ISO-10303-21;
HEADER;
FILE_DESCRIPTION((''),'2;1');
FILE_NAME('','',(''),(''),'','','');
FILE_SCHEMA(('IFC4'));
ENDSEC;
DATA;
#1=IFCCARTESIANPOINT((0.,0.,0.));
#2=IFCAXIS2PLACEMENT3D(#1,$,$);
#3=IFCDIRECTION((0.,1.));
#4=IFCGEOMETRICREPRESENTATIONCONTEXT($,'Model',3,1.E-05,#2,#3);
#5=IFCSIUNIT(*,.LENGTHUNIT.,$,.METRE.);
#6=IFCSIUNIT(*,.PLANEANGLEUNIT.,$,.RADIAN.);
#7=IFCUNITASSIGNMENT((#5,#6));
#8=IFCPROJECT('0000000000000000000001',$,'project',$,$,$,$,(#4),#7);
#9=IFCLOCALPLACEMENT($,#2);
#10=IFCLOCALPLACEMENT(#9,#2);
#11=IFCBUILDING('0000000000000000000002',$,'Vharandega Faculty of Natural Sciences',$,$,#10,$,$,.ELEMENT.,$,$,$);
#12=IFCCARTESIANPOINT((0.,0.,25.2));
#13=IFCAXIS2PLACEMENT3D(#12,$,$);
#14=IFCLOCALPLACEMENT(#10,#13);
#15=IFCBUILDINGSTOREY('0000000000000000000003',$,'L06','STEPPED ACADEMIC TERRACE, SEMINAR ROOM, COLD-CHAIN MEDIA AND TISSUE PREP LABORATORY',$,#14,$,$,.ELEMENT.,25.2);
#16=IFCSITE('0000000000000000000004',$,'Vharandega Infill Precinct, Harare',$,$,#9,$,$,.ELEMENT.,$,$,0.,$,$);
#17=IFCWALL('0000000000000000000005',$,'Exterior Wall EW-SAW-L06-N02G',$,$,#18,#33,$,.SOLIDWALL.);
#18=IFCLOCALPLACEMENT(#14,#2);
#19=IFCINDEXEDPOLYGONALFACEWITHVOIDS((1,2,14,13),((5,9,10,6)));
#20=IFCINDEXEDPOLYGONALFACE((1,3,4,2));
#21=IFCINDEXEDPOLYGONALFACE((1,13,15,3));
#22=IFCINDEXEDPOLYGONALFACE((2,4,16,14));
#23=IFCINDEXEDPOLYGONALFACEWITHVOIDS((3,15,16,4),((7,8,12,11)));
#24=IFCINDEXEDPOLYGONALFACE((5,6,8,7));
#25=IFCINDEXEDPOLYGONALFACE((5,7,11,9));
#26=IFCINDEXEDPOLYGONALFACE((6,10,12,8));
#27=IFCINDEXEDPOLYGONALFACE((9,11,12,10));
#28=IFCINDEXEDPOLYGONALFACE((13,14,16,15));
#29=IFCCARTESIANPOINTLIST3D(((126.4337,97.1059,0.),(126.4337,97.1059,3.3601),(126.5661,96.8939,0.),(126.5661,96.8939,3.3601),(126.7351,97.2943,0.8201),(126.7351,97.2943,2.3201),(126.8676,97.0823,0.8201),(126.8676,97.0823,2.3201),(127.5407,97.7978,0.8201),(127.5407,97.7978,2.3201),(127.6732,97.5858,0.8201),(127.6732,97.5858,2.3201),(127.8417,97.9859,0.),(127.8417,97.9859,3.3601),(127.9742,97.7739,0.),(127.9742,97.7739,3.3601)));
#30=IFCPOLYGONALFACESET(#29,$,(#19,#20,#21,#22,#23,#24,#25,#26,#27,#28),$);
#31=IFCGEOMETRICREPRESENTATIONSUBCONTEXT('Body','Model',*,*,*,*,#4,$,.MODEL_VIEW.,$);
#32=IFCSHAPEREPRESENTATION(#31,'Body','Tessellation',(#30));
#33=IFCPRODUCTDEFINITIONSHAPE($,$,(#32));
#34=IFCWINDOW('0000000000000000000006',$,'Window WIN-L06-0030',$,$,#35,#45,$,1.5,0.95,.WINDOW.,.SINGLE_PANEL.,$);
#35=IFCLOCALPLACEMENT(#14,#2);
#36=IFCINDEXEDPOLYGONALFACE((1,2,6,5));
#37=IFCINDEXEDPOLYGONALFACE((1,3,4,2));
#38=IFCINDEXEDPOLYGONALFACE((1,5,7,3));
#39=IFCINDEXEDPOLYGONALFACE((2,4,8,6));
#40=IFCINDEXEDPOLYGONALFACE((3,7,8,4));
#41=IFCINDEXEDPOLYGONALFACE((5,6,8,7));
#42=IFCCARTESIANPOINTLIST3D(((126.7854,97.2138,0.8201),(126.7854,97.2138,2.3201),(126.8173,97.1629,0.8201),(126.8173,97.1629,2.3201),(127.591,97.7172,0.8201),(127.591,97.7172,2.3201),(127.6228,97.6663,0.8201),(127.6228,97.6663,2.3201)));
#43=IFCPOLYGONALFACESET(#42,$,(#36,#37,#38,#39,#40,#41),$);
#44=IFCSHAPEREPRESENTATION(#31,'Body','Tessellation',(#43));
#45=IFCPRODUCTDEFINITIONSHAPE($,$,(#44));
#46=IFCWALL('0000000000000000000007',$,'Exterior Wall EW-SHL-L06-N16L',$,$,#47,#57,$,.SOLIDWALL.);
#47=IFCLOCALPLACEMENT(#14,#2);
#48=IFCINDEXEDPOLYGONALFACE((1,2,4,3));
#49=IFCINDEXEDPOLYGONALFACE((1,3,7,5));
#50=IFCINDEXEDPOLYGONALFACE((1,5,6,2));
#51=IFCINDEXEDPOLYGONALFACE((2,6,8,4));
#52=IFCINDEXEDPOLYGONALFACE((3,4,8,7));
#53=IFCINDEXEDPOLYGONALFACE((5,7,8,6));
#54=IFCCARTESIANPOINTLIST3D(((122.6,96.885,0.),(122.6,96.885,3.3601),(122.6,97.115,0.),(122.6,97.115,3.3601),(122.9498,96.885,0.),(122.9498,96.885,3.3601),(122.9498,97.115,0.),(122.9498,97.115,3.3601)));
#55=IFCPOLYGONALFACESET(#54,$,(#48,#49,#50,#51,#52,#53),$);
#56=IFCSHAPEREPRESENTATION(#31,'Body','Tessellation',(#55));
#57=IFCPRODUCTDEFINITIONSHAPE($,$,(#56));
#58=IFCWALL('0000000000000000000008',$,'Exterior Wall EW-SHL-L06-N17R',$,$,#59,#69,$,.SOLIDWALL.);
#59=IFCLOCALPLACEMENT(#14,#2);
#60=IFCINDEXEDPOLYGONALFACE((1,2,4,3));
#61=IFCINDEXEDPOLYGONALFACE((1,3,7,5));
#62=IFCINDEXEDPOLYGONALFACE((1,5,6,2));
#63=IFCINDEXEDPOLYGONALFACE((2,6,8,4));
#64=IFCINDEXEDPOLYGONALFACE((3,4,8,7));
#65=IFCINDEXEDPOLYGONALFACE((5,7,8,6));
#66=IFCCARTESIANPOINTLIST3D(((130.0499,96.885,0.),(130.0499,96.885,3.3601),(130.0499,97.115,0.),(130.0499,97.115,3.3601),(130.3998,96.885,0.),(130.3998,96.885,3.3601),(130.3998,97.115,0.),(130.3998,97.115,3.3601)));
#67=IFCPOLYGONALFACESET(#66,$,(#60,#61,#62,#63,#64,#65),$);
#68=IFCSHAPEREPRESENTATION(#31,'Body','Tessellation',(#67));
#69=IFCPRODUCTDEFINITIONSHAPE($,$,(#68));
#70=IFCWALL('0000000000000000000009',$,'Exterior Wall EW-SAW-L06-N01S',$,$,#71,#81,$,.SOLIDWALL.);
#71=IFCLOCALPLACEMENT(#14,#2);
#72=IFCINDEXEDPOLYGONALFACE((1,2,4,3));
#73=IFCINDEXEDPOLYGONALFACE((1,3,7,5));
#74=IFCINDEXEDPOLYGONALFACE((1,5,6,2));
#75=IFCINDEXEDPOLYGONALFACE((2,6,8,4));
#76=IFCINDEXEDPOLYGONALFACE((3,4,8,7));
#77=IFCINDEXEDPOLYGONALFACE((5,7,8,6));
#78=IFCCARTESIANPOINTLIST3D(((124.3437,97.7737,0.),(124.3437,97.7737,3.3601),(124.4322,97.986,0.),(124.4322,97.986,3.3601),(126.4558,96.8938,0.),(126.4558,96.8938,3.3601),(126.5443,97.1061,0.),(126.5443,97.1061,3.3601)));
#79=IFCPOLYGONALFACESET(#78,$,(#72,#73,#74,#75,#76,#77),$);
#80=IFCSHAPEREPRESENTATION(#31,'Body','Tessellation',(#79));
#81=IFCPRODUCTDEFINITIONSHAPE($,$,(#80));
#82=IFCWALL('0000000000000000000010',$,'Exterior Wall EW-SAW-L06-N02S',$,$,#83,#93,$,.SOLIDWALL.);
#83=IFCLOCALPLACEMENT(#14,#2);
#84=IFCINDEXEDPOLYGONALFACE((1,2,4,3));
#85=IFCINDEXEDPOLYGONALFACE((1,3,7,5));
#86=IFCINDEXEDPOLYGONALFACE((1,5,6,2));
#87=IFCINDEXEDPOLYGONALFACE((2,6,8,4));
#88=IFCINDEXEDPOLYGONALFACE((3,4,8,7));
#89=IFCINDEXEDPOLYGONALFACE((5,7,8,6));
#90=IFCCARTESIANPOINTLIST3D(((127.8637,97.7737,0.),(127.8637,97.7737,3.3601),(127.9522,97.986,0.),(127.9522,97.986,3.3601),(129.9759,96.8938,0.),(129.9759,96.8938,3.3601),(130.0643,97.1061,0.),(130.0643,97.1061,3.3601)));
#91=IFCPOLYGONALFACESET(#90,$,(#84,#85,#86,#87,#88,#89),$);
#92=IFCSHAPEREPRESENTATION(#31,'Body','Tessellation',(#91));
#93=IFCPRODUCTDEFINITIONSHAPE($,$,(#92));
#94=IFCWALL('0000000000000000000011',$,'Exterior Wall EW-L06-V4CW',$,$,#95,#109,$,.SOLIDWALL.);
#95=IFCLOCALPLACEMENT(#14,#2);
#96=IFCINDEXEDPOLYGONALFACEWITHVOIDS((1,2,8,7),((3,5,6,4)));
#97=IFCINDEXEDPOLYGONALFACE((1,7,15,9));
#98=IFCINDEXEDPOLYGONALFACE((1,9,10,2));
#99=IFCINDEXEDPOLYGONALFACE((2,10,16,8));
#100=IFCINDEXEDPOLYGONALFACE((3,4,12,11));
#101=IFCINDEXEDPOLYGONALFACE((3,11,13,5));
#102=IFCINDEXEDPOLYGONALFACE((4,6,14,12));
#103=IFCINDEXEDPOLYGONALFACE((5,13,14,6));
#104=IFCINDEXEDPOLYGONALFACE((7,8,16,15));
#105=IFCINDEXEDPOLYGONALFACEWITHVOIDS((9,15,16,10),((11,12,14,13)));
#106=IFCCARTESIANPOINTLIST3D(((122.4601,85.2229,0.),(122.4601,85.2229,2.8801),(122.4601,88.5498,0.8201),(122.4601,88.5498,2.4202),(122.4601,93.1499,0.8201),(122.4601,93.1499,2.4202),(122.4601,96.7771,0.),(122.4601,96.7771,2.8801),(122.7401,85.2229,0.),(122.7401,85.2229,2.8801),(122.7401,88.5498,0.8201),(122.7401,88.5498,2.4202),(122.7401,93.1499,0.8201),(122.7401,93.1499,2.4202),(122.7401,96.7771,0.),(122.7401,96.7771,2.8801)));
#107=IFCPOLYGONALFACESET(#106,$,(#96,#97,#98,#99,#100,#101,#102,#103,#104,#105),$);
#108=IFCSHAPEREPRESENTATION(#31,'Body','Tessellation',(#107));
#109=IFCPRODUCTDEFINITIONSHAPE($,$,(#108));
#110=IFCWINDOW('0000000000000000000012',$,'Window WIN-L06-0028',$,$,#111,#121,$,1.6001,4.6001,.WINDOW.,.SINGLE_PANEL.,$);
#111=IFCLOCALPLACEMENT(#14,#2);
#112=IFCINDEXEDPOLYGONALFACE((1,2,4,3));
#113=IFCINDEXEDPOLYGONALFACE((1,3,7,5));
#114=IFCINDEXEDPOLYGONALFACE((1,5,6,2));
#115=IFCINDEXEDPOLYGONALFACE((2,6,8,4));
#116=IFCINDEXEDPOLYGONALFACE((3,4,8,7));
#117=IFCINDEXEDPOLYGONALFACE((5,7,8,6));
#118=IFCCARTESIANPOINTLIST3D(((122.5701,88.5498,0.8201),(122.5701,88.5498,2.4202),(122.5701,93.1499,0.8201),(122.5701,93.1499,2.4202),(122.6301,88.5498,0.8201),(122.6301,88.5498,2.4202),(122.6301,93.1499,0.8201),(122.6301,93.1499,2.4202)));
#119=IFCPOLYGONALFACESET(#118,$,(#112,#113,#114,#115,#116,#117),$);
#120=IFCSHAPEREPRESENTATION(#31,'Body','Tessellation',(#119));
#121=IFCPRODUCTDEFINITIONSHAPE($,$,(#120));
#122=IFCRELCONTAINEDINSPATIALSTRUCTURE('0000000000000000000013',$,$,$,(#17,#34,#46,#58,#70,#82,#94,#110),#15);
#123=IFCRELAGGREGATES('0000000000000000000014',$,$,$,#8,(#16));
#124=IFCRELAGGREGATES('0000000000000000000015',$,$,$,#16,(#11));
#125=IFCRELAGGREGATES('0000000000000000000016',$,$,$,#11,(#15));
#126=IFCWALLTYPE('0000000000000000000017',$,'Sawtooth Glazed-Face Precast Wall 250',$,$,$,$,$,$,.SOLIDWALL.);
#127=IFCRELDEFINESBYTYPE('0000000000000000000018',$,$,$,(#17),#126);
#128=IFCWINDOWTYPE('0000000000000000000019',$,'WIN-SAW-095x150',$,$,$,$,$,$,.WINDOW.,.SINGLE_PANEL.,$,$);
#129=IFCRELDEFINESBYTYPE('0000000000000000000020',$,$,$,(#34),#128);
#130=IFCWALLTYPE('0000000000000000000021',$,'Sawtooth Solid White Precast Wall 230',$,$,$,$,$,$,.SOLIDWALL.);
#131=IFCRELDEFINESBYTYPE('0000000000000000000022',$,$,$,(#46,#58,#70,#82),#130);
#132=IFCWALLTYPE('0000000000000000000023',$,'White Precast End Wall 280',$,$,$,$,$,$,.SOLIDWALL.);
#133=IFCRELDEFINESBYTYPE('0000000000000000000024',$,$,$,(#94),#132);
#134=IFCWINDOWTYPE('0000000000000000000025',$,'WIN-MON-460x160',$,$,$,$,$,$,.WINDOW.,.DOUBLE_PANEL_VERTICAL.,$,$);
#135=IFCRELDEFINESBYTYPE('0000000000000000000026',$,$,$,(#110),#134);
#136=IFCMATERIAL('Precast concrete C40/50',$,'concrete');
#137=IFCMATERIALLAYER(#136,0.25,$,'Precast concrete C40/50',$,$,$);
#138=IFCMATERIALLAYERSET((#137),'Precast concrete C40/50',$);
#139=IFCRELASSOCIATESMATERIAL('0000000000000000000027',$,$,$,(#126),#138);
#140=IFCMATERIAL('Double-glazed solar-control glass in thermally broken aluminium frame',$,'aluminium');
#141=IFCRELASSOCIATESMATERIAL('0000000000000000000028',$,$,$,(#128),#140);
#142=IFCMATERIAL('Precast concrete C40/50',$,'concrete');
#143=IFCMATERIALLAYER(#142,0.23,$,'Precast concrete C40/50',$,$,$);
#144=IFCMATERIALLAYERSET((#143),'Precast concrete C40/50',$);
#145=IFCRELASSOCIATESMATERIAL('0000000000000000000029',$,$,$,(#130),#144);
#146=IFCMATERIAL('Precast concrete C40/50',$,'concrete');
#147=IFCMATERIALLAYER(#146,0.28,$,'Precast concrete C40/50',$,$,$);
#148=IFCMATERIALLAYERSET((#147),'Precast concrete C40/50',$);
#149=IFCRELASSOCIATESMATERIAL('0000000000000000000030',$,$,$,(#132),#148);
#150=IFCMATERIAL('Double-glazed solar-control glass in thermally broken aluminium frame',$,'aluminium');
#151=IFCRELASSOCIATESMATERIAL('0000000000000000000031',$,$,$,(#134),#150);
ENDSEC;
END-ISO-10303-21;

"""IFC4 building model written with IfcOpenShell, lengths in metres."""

from ifc_helpers import new_model, si_unit, direction, frame, frame_2d, origin, place, context, subcontext, project, spatial, rectangle, extrude, material, layer, layer_set, type_object, element, fill, save


model = new_model("IFC4")

# Units and contexts
model_context = context("Model", 3, precision=1e-05, world=origin(), true_north=direction((0.0, 1.0)))
body_context = subcontext(model_context, "Body", "Model", "MODEL_VIEW")
ifc_project = project(units=[si_unit("LENGTHUNIT", "METRE"), si_unit("PLANEANGLEUNIT", "RADIAN")], contexts=[model_context])

# Site, building, storey
site_placement = place(None, origin())
site = spatial("IfcSite", under=ifc_project, at=site_placement, Name="Vharandega Infill Precinct, Harare", CompositionType="ELEMENT", RefElevation=0.0)
building_placement = place(site_placement, origin())
building = spatial("IfcBuilding", under=site, at=building_placement, Name="Vharandega Faculty of Natural Sciences", CompositionType="ELEMENT")
storey_placement = place(building_placement, frame((0.0, 0.0, 25.2)))
storey = spatial("IfcBuildingStorey", under=building, at=storey_placement, Name="L06", Description="STEPPED ACADEMIC TERRACE, SEMINAR ROOM, COLD-CHAIN MEDIA AND TISSUE PREP LABORATORY", CompositionType="ELEMENT", Elevation=25.2)

# Wall, opening, window
ifc_material_1 = material(Name="Precast concrete C40/50", Category="concrete")
ifc_layer_1 = layer(ifc_material_1, 0.25, Name="Precast concrete C40/50")
ifc_layer_set_1 = layer_set([ifc_layer_1], Name="Precast concrete C40/50")
wall_type_1 = type_object("IfcWallType", Name="Sawtooth Glazed-Face Precast Wall 250", PredefinedType="SOLIDWALL", material=ifc_layer_set_1)
wall_1_placement = place(storey_placement, frame((126.5, 97.0, 0.0), z_axis=(0.0, 0.0, 1.0), x_axis=(0.848023, 0.529959, 0.0)))
wall_1 = element("IfcWall", 1, at=wall_1_placement, inside=storey, type_object=wall_type_1, Name="Exterior Wall EW-SAW-L06-N02G", PredefinedType="SOLIDWALL", context=body_context, shape_type="SweptSolid", body=[
    extrude(rectangle(XDim=1.6604, YDim=0.25, at=frame_2d((0.8301, 0.0))), origin(), (0.0, 0.0, 1.0), 3.3601),
])
opening_1_placement = place(wall_1_placement, frame((0.3552, 0.0, 0.8201)))
opening_1 = element("IfcOpeningElement", 2, at=opening_1_placement, cuts=wall_1, PredefinedType="OPENING", context=body_context, shape_type="SweptSolid", body=[
    extrude(rectangle(XDim=0.95, YDim=1.5, at=frame_2d((0.4751, 0.75))), frame((0.0, 0.135, 0.0), z_axis=(0.0, -1.0, 0.0), x_axis=(1.0, 0.0, 0.0)), (0.0, 0.0, 1.0), 0.27),
])
ifc_material_2 = material(Name="Double-glazed solar-control glass in thermally broken aluminium frame", Category="aluminium")
window_type_1 = type_object("IfcWindowType", Name="WIN-SAW-095x150", PartitioningType="SINGLE_PANEL", PredefinedType="WINDOW", material=ifc_material_2)
window_1_placement = place(opening_1_placement, origin())
window_1 = element("IfcWindow", 3, at=window_1_placement, inside=storey, type_object=window_type_1, Name="Window WIN-L06-0030", OverallHeight=1.5, OverallWidth=0.95, PartitioningType="SINGLE_PANEL", PredefinedType="WINDOW", context=body_context, shape_type="SweptSolid", body=[
    extrude(rectangle(XDim=0.95, YDim=1.5, at=frame_2d((0.4751, 0.75))), frame((0.0, 0.03, 0.0), z_axis=(0.0, -1.0, 0.0), x_axis=(1.0, 0.0, 0.0)), (0.0, 0.0, 1.0), 0.0601),
])
fill(opening_1, window_1)

# Walls
ifc_material_3 = material(Name="Precast concrete C40/50", Category="concrete")
ifc_layer_2 = layer(ifc_material_3, 0.23, Name="Precast concrete C40/50")
ifc_layer_set_2 = layer_set([ifc_layer_2], Name="Precast concrete C40/50")
wall_type_2 = type_object("IfcWallType", Name="Sawtooth Solid White Precast Wall 230", PredefinedType="SOLIDWALL", material=ifc_layer_set_2)
for number, where, z_axis, x_axis, name in (
    (4, (122.6001, 97.0, 0.0), (0.0, 0.0, 1.0), (1.0, 0.0, 0.0), "Exterior Wall EW-SHL-L06-N16L"),
    (5, (130.05, 97.0, 0.0), (0.0, 0.0, 1.0), (1.0, 0.0, 0.0), "Exterior Wall EW-SHL-L06-N17R"),
):
    element("IfcWall", number, at=place(storey_placement, frame(where, z_axis=z_axis, x_axis=x_axis)), inside=storey, type_object=wall_type_2, Name=name, PredefinedType="SOLIDWALL", context=body_context, shape_type="SweptSolid", body=[
        extrude(rectangle(XDim=0.3499, YDim=0.23, at=frame_2d((0.1748, 0.0))), origin(), (0.0, 0.0, 1.0), 3.3601),
    ])
for number, where, z_axis, x_axis, name in (
    (6, (124.3879, 97.8799, 0.0), (0.0, 0.0, 1.0), (0.923099, -0.384562, 0.0), "Exterior Wall EW-SAW-L06-N01S"),
    (7, (127.908, 97.8799, 0.0), (0.0, 0.0, 1.0), (0.923099, -0.384562, 0.0), "Exterior Wall EW-SAW-L06-N02S"),
):
    element("IfcWall", number, at=place(storey_placement, frame(where, z_axis=z_axis, x_axis=x_axis)), inside=storey, type_object=wall_type_2, Name=name, PredefinedType="SOLIDWALL", context=body_context, shape_type="SweptSolid", body=[
        extrude(rectangle(XDim=2.2881, YDim=0.23, at=frame_2d((1.144, 0.0))), origin(), (0.0, 0.0, 1.0), 3.3601),
    ])

# Wall, opening, window
ifc_material_4 = material(Name="Precast concrete C40/50", Category="concrete")
ifc_layer_3 = layer(ifc_material_4, 0.28, Name="Precast concrete C40/50")
ifc_layer_set_3 = layer_set([ifc_layer_3], Name="Precast concrete C40/50")
wall_type_3 = type_object("IfcWallType", Name="White Precast End Wall 280", PredefinedType="SOLIDWALL", material=ifc_layer_set_3)
wall_2_placement = place(storey_placement, frame((122.6001, 85.2229, 0.0), z_axis=(0.0, 0.0, 1.0), x_axis=(0.0, 1.0, 0.0)))
wall_2 = element("IfcWall", 8, at=wall_2_placement, inside=storey, type_object=wall_type_3, Name="Exterior Wall EW-L06-V4CW", PredefinedType="SOLIDWALL", context=body_context, shape_type="SweptSolid", body=[
    extrude(rectangle(XDim=11.5542, YDim=0.28, at=frame_2d((5.7771, 0.0))), origin(), (0.0, 0.0, 1.0), 2.8801),
])
opening_2_placement = place(wall_2_placement, frame((3.3269, 0.0, 0.8201)))
opening_2 = element("IfcOpeningElement", 9, at=opening_2_placement, cuts=wall_2, PredefinedType="OPENING", context=body_context, shape_type="SweptSolid", body=[
    extrude(rectangle(XDim=4.6001, YDim=1.6001, at=frame_2d((2.3, 0.8))), frame((0.0, 0.1499, 0.0), z_axis=(0.0, -1.0, 0.0), x_axis=(1.0, 0.0, 0.0)), (0.0, 0.0, 1.0), 0.3),
])
ifc_material_5 = material(Name="Double-glazed solar-control glass in thermally broken aluminium frame", Category="aluminium")
window_type_2 = type_object("IfcWindowType", Name="WIN-MON-460x160", PartitioningType="DOUBLE_PANEL_VERTICAL", PredefinedType="WINDOW", material=ifc_material_5)
window_2_placement = place(opening_2_placement, origin())
window_2 = element("IfcWindow", 10, at=window_2_placement, inside=storey, type_object=window_type_2, Name="Window WIN-L06-0028", OverallHeight=1.6001, OverallWidth=4.6001, PartitioningType="SINGLE_PANEL", PredefinedType="WINDOW", context=body_context, shape_type="SweptSolid", body=[
    extrude(rectangle(XDim=4.6001, YDim=1.6001, at=frame_2d((2.3, 0.8))), frame((0.0, 0.03, 0.0), z_axis=(0.0, -1.0, 0.0), x_axis=(1.0, 0.0, 0.0)), (0.0, 0.0, 1.0), 0.0601),
])
fill(opening_2, window_2)

save(model, "model.ifc")
